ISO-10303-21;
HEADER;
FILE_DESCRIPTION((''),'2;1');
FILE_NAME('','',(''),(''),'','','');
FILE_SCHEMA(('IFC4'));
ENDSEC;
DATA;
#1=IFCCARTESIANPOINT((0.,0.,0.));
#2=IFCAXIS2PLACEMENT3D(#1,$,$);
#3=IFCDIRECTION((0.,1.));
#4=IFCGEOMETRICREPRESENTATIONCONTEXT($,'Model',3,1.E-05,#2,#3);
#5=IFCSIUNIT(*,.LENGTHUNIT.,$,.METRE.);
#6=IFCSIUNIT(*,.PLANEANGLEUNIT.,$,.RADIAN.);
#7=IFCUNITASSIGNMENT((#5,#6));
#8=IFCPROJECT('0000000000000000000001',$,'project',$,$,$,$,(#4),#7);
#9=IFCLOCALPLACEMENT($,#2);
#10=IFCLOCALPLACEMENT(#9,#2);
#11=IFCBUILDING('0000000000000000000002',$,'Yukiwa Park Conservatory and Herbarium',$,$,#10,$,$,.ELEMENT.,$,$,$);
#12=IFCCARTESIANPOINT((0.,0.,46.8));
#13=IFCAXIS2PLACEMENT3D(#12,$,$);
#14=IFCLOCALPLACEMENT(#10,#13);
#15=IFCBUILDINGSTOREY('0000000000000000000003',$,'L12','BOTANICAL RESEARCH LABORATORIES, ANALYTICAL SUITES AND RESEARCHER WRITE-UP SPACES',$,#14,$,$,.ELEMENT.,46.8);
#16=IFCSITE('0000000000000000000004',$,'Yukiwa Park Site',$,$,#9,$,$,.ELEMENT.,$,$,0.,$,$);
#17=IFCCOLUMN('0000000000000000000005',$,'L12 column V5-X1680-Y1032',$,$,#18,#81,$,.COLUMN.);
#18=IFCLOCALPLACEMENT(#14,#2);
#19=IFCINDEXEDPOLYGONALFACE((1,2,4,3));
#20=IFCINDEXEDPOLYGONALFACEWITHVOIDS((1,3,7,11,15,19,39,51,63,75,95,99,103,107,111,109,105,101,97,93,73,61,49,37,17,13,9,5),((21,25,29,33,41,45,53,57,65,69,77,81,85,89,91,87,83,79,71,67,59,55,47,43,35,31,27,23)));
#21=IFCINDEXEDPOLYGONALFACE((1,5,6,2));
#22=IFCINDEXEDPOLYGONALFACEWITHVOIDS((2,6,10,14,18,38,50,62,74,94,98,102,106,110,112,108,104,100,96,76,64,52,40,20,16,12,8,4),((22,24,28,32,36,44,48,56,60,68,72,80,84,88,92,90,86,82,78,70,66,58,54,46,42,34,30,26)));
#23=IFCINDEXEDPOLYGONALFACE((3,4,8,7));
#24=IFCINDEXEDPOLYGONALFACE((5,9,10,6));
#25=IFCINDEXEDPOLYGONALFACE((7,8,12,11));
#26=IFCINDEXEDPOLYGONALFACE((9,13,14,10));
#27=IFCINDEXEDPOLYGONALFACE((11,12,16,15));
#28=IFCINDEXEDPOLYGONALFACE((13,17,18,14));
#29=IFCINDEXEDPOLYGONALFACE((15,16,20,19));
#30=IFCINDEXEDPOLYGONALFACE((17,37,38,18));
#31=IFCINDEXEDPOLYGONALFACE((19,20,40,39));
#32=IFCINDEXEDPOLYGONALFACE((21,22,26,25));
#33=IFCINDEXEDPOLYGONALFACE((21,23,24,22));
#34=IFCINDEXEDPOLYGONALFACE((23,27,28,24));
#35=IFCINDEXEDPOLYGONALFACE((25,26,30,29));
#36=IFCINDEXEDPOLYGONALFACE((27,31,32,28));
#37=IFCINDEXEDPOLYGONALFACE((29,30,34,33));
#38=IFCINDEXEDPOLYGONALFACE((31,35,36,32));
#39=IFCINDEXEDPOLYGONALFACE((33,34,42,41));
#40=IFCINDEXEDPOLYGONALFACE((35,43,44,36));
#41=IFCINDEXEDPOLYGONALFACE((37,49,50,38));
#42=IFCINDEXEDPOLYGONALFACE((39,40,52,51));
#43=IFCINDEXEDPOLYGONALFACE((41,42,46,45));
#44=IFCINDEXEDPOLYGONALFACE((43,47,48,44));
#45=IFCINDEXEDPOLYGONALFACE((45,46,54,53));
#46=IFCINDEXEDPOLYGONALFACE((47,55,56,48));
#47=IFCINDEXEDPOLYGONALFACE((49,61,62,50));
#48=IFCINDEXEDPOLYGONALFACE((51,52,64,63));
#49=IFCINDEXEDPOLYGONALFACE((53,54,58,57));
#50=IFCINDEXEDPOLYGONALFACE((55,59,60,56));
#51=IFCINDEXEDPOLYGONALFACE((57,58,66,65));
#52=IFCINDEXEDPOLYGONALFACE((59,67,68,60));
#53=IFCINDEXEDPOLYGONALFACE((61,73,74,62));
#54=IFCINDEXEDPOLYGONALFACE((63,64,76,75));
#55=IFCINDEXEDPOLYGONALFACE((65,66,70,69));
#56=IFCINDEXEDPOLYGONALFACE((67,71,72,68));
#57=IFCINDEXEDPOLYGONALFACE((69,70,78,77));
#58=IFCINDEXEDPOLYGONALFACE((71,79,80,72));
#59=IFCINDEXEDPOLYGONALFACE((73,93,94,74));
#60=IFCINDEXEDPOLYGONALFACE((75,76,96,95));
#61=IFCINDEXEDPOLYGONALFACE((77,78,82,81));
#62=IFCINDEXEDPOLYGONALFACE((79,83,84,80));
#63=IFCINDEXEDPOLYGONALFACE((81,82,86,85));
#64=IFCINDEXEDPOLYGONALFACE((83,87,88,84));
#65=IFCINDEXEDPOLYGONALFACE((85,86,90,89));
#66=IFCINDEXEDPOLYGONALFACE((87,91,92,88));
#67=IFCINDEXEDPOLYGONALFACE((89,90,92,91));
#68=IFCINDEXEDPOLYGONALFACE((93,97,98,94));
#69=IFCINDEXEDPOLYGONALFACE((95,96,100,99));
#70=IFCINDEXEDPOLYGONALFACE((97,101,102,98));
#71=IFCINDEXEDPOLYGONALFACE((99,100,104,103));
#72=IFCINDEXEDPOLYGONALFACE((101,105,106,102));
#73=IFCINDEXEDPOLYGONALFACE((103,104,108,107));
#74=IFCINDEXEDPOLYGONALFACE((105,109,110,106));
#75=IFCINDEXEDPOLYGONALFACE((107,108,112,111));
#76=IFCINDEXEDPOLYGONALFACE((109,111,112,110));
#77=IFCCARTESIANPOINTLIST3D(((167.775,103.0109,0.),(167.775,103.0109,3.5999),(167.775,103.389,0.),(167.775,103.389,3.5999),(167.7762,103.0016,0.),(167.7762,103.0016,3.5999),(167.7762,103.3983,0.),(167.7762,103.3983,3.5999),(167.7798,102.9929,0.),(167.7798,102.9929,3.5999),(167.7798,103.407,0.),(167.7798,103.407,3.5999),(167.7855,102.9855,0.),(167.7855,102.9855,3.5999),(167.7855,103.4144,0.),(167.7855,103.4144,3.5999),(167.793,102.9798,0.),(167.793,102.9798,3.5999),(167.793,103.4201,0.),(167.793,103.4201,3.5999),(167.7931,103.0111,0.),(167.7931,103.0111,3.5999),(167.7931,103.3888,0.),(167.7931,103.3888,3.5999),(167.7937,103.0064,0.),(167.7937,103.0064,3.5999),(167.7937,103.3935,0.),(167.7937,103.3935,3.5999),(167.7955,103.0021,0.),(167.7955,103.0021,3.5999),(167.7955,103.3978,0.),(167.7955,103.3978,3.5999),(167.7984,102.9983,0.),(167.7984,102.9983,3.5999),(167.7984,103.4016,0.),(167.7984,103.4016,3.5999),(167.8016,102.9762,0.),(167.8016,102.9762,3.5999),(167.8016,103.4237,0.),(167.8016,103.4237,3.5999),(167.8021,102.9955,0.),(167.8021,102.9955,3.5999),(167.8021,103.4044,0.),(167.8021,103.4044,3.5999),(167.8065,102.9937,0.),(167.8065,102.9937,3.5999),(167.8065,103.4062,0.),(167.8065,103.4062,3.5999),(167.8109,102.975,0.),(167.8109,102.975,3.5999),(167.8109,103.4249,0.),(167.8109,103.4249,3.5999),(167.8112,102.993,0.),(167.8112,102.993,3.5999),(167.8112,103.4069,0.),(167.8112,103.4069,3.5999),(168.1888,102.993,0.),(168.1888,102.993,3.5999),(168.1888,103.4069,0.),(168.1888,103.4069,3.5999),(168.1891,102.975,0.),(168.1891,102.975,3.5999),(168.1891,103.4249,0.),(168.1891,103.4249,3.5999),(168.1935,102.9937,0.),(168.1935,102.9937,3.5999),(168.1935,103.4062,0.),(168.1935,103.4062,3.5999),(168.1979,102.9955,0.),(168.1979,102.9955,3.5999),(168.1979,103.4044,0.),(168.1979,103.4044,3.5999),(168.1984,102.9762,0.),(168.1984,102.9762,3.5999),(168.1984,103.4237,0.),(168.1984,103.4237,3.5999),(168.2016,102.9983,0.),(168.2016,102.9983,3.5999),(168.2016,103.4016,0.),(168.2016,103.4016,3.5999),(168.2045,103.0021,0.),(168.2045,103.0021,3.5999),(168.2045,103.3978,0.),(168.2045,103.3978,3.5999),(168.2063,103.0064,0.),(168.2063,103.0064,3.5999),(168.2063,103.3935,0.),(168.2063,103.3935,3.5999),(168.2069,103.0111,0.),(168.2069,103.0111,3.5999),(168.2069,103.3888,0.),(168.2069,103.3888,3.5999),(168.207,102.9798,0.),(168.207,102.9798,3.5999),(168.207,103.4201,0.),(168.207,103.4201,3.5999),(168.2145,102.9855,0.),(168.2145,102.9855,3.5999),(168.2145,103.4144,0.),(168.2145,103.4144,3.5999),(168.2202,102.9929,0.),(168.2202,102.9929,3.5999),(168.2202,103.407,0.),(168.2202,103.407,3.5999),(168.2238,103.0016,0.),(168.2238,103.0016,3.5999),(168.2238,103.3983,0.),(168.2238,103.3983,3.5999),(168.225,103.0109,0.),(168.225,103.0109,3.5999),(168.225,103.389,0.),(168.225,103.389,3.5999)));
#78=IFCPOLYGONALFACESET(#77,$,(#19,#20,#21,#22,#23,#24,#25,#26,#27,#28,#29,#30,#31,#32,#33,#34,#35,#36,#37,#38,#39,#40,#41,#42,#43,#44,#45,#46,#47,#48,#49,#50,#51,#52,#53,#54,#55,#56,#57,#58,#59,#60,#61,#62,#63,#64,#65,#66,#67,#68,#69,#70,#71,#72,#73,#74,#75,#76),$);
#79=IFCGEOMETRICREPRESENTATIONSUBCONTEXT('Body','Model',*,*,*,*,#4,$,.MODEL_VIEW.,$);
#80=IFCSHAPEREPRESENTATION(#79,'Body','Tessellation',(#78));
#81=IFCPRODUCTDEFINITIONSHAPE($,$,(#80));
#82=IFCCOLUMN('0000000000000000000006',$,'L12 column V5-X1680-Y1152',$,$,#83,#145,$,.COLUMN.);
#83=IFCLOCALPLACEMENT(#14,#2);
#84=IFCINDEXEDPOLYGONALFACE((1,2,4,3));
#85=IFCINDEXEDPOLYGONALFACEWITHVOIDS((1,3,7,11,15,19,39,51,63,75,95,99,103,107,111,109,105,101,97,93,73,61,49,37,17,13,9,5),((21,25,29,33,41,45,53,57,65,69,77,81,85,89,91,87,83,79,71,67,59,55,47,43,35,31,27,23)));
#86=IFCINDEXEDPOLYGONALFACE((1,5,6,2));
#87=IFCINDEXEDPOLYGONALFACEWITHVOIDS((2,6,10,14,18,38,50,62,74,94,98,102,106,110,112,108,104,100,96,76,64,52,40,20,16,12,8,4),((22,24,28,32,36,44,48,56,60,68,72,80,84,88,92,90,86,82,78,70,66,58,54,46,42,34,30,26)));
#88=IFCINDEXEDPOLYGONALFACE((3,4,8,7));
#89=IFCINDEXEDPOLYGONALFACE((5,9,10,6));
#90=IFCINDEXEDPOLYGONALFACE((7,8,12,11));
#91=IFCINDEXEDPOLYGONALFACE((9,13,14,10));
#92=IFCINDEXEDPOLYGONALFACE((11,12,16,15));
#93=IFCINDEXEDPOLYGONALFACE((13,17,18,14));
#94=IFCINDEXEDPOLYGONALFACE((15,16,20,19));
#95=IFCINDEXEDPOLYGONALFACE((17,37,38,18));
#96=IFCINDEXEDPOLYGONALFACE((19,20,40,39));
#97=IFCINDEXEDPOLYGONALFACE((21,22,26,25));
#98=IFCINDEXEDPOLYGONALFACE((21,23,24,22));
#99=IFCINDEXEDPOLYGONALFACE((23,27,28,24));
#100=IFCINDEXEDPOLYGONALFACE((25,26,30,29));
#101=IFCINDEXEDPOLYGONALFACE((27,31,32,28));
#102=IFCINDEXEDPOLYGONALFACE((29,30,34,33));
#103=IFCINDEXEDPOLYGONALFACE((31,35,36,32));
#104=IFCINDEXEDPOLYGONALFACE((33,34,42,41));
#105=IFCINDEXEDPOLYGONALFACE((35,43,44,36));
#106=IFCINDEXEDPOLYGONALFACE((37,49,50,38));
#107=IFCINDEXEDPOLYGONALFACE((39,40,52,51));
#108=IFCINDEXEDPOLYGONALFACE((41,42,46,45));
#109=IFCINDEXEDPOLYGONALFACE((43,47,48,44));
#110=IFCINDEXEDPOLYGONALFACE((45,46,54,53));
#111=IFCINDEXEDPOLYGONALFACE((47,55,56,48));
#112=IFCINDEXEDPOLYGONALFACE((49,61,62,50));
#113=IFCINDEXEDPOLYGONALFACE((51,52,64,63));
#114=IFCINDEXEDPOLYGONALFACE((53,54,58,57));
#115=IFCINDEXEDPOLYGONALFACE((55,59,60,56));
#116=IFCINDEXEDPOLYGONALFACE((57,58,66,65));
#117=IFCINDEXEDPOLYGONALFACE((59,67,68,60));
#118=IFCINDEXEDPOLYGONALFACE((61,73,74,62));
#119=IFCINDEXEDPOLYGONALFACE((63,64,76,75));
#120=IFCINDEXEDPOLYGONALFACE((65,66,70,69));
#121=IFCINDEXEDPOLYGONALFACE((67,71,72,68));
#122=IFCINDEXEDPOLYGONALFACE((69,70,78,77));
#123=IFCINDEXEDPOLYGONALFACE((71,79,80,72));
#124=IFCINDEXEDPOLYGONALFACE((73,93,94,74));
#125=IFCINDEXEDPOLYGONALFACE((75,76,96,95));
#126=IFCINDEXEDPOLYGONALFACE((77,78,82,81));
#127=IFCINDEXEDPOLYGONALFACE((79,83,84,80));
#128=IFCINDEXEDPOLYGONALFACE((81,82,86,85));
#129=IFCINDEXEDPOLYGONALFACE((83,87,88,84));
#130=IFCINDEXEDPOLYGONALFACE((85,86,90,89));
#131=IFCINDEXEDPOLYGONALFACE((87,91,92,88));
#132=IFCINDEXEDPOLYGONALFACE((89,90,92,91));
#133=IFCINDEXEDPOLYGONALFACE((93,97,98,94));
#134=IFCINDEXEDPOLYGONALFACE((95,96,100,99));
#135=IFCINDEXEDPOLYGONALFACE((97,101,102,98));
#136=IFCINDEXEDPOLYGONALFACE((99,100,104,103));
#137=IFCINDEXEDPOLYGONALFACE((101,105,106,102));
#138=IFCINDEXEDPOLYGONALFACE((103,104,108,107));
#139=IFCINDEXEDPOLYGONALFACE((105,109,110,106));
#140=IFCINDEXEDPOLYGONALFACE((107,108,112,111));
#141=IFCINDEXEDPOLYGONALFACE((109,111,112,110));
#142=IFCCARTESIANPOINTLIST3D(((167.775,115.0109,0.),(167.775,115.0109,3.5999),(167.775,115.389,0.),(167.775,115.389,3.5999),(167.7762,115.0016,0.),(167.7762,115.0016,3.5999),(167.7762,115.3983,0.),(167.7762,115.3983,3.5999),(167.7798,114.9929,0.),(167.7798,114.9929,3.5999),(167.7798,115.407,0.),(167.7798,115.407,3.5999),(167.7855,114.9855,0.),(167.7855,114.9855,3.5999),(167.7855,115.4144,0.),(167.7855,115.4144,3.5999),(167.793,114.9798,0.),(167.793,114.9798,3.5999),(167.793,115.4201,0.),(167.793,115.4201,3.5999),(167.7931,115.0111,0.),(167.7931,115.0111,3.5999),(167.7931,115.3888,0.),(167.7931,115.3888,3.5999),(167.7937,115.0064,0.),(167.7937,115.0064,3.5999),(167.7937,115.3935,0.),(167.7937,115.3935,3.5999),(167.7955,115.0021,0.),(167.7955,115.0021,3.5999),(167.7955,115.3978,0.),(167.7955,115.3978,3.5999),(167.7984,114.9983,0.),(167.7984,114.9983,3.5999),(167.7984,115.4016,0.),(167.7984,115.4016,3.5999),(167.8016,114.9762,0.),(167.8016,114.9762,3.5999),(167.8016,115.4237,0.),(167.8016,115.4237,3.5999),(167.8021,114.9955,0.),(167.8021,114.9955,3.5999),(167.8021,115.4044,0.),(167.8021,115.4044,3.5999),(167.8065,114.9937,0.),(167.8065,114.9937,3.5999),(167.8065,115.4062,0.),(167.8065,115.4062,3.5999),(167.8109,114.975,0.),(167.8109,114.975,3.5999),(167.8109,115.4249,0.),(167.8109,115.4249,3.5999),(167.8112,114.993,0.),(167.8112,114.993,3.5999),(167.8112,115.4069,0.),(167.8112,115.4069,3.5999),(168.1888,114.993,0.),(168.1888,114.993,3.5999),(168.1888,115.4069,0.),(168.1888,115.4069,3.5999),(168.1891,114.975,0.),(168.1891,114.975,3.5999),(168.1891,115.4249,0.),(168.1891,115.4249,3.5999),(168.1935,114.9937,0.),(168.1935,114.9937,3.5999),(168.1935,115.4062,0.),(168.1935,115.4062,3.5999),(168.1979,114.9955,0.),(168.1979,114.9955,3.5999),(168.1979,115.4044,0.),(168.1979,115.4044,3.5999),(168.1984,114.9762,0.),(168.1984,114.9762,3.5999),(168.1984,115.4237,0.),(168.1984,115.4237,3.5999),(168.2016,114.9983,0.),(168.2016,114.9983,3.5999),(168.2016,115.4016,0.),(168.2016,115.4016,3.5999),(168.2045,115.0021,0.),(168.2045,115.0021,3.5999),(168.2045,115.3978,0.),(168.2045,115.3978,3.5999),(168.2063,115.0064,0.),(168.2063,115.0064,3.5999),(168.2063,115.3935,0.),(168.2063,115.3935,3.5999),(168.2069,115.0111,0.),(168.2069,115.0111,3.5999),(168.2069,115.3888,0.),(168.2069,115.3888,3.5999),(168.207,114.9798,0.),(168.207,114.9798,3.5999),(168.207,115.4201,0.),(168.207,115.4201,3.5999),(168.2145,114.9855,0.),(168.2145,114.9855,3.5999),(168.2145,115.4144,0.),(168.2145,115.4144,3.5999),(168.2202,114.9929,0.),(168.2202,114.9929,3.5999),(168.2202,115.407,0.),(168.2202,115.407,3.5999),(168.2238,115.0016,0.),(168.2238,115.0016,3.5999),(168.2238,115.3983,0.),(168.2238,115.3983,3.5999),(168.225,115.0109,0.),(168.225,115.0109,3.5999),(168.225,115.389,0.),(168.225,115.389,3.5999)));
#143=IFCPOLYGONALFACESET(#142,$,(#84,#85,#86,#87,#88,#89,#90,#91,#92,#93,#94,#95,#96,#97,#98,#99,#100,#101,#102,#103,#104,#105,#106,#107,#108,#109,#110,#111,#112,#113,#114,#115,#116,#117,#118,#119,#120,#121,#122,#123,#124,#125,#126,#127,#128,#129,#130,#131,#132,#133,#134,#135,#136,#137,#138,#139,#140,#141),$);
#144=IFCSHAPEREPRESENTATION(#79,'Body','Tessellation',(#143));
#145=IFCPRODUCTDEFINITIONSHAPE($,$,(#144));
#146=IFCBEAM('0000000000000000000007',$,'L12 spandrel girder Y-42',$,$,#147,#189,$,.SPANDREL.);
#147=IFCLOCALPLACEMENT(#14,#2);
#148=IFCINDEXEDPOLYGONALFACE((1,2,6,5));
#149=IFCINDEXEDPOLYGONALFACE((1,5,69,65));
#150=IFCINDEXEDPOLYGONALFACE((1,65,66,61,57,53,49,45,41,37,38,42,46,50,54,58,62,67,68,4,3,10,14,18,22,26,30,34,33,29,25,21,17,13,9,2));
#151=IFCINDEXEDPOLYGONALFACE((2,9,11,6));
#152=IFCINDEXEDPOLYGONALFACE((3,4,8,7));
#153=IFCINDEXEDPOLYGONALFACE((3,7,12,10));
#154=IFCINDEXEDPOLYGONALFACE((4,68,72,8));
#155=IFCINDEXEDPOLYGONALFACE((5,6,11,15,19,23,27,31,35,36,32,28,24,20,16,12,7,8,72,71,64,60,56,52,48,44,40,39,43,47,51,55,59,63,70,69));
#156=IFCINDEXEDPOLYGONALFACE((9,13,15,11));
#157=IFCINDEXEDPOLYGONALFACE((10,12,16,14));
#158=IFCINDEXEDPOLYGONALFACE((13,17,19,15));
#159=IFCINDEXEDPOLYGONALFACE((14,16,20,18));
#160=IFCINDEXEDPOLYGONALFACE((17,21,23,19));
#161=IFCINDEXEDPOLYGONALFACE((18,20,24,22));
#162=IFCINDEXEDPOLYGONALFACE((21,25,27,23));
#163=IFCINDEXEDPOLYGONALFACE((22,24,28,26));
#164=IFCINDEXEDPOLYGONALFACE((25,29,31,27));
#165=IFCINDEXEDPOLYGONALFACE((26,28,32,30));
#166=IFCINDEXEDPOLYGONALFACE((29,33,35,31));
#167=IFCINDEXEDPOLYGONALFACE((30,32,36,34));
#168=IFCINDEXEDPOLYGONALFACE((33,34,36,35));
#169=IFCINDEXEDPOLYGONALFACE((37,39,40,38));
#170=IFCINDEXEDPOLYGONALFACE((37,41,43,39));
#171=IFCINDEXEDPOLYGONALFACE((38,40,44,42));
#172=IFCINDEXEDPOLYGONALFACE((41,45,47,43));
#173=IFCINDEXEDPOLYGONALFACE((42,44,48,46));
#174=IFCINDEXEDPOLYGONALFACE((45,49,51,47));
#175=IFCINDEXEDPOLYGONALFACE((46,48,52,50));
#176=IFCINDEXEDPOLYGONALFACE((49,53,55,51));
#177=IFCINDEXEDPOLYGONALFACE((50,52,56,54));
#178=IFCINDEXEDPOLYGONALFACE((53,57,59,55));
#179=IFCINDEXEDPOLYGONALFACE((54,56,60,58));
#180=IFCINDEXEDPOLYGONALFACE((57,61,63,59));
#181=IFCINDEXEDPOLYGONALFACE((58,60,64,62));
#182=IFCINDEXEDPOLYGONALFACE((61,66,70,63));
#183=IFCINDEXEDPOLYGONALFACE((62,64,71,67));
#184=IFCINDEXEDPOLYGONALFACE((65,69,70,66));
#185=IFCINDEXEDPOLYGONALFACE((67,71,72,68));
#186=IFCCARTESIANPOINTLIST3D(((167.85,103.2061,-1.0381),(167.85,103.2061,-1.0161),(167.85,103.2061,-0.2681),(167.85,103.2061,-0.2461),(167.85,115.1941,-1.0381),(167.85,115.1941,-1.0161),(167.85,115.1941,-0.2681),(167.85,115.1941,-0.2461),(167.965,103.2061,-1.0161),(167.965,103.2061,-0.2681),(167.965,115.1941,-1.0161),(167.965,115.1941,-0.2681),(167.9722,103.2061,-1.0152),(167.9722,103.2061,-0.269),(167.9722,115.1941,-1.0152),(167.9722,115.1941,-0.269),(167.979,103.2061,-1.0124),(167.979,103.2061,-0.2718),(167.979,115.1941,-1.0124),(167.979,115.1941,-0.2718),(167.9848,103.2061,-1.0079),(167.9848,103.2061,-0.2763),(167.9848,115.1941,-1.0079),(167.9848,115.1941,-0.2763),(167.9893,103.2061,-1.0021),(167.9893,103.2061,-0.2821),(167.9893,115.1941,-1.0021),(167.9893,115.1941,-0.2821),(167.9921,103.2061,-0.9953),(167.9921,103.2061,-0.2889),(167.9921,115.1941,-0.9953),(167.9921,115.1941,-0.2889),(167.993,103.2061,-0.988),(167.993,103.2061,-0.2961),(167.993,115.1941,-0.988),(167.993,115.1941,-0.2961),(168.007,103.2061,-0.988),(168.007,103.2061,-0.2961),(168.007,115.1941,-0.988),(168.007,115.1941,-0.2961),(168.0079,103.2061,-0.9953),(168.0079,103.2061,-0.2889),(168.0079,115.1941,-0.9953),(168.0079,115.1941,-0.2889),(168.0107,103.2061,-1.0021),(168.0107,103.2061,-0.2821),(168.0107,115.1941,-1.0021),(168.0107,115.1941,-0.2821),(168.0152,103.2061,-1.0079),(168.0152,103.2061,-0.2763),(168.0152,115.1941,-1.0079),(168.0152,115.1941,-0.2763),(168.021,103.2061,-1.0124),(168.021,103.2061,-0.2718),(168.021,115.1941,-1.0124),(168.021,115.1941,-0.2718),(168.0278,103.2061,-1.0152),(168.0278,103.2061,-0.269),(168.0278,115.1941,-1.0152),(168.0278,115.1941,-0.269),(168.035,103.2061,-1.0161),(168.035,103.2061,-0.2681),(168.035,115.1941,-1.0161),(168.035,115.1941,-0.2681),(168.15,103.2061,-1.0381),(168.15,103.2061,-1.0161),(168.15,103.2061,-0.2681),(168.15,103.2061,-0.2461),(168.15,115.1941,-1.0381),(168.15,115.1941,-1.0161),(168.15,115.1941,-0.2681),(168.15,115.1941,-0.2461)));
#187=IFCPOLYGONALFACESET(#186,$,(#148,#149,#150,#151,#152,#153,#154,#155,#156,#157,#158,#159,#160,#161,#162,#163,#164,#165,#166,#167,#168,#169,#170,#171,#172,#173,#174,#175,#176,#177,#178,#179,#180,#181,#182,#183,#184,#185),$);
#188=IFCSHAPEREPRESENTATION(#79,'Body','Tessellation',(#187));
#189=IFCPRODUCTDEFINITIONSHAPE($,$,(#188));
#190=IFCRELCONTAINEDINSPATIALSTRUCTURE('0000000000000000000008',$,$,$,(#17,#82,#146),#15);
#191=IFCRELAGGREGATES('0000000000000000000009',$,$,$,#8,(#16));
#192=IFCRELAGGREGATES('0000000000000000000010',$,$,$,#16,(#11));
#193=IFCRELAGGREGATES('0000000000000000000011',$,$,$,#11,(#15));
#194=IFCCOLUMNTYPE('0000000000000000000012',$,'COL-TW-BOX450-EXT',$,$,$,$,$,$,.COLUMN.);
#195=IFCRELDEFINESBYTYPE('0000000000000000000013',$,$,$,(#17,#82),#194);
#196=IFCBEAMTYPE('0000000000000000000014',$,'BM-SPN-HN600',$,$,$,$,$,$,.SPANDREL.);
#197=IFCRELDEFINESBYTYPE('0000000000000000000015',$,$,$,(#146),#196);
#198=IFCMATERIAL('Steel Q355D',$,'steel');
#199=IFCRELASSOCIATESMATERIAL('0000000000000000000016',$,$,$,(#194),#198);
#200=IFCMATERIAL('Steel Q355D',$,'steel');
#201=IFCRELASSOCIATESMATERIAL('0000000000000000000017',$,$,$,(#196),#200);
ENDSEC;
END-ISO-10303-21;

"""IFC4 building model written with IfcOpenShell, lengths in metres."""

from ifc_helpers import new_model, si_unit, direction, frame, origin, origin_2d, place, context, subcontext, project, spatial, hollow_rectangle, i_section, extrude, material, material_profile, profile_set, type_object, element, save


model = new_model("IFC4")

# Units and contexts
model_context = context("Model", 3, precision=1e-05, world=origin(), true_north=direction((0.0, 1.0)))
body_context = subcontext(model_context, "Body", "Model", "MODEL_VIEW")
ifc_project = project(units=[si_unit("LENGTHUNIT", "METRE"), si_unit("PLANEANGLEUNIT", "RADIAN")], contexts=[model_context])

# Site, building, storey
site_placement = place(None, origin())
site = spatial("IfcSite", under=ifc_project, at=site_placement, Name="Yukiwa Park Site", CompositionType="ELEMENT", RefElevation=0.0)
building_placement = place(site_placement, origin())
building = spatial("IfcBuilding", under=site, at=building_placement, Name="Yukiwa Park Conservatory and Herbarium", CompositionType="ELEMENT")
storey_placement = place(building_placement, frame((0.0, 0.0, 46.8)))
storey = spatial("IfcBuildingStorey", under=building, at=storey_placement, Name="L12", Description="BOTANICAL RESEARCH LABORATORIES, ANALYTICAL SUITES AND RESEARCHER WRITE-UP SPACES", CompositionType="ELEMENT", Elevation=46.8)

# Columns
ifc_material_1 = material(Name="Steel Q355D", Category="steel")
ifc_material_profile_1 = material_profile(ifc_material_1, hollow_rectangle(XDim=0.45, YDim=0.45, WallThickness=0.0181, InnerFilletRadius=0.0181, OuterFilletRadius=0.0359, at=origin_2d()), Name="BOX 450x450x18")
ifc_profile_set_1 = profile_set([ifc_material_profile_1], Name="Steel Q355D")
column_type = type_object("IfcColumnType", Name="COL-TW-BOX450-EXT", PredefinedType="COLUMN", material=ifc_profile_set_1)
for number, where, z_axis, x_axis, name in (
    (1, (168.0, 103.2, 0.0), (0.0, 0.0, 1.0), (1.0, 0.0, 0.0), "L12 column V5-X1680-Y1032"),
    (2, (168.0, 115.2, 0.0), (0.0, 0.0, 1.0), (1.0, 0.0, 0.0), "L12 column V5-X1680-Y1152"),
):
    element("IfcColumn", number, at=place(storey_placement, frame(where, z_axis=z_axis, x_axis=x_axis)), inside=storey, type_object=column_type, Name=name, PredefinedType="COLUMN", context=body_context, shape_type="SweptSolid", body=[
        extrude(hollow_rectangle(XDim=0.45, YDim=0.45, WallThickness=0.0181, InnerFilletRadius=0.0181, OuterFilletRadius=0.0359, at=origin_2d()), origin(), (0.0, 0.0, 1.0), 3.5999),
    ])

# Beam
ifc_material_2 = material(Name="Steel Q355D", Category="steel")
ifc_material_profile_2 = material_profile(ifc_material_2, i_section(OverallWidth=0.3, OverallDepth=0.792, WebThickness=0.0139, FlangeThickness=0.022, FilletRadius=0.0281, at=origin_2d()), Name="HN 792x300x14x22")
ifc_profile_set_2 = profile_set([ifc_material_profile_2], Name="Steel Q355D")
beam_type_1 = type_object("IfcBeamType", Name="BM-SPN-HN600", PredefinedType="SPANDREL", material=ifc_profile_set_2)
beam_1_placement = place(storey_placement, frame((168.0, 103.2061, -0.6421), z_axis=(0.0, 1.0, 0.0), x_axis=(-1.0, 0.0, 0.0)))
element("IfcBeam", 3, at=beam_1_placement, inside=storey, type_object=beam_type_1, Name="L12 spandrel girder Y-42", PredefinedType="SPANDREL", context=body_context, shape_type="SweptSolid", body=[
    extrude(i_section(OverallWidth=0.3, OverallDepth=0.792, WebThickness=0.0139, FlangeThickness=0.022, FilletRadius=0.0281, at=origin_2d()), origin(), (0.0, 0.0, 1.0), 11.988),
])

save(model, "model.ifc")
